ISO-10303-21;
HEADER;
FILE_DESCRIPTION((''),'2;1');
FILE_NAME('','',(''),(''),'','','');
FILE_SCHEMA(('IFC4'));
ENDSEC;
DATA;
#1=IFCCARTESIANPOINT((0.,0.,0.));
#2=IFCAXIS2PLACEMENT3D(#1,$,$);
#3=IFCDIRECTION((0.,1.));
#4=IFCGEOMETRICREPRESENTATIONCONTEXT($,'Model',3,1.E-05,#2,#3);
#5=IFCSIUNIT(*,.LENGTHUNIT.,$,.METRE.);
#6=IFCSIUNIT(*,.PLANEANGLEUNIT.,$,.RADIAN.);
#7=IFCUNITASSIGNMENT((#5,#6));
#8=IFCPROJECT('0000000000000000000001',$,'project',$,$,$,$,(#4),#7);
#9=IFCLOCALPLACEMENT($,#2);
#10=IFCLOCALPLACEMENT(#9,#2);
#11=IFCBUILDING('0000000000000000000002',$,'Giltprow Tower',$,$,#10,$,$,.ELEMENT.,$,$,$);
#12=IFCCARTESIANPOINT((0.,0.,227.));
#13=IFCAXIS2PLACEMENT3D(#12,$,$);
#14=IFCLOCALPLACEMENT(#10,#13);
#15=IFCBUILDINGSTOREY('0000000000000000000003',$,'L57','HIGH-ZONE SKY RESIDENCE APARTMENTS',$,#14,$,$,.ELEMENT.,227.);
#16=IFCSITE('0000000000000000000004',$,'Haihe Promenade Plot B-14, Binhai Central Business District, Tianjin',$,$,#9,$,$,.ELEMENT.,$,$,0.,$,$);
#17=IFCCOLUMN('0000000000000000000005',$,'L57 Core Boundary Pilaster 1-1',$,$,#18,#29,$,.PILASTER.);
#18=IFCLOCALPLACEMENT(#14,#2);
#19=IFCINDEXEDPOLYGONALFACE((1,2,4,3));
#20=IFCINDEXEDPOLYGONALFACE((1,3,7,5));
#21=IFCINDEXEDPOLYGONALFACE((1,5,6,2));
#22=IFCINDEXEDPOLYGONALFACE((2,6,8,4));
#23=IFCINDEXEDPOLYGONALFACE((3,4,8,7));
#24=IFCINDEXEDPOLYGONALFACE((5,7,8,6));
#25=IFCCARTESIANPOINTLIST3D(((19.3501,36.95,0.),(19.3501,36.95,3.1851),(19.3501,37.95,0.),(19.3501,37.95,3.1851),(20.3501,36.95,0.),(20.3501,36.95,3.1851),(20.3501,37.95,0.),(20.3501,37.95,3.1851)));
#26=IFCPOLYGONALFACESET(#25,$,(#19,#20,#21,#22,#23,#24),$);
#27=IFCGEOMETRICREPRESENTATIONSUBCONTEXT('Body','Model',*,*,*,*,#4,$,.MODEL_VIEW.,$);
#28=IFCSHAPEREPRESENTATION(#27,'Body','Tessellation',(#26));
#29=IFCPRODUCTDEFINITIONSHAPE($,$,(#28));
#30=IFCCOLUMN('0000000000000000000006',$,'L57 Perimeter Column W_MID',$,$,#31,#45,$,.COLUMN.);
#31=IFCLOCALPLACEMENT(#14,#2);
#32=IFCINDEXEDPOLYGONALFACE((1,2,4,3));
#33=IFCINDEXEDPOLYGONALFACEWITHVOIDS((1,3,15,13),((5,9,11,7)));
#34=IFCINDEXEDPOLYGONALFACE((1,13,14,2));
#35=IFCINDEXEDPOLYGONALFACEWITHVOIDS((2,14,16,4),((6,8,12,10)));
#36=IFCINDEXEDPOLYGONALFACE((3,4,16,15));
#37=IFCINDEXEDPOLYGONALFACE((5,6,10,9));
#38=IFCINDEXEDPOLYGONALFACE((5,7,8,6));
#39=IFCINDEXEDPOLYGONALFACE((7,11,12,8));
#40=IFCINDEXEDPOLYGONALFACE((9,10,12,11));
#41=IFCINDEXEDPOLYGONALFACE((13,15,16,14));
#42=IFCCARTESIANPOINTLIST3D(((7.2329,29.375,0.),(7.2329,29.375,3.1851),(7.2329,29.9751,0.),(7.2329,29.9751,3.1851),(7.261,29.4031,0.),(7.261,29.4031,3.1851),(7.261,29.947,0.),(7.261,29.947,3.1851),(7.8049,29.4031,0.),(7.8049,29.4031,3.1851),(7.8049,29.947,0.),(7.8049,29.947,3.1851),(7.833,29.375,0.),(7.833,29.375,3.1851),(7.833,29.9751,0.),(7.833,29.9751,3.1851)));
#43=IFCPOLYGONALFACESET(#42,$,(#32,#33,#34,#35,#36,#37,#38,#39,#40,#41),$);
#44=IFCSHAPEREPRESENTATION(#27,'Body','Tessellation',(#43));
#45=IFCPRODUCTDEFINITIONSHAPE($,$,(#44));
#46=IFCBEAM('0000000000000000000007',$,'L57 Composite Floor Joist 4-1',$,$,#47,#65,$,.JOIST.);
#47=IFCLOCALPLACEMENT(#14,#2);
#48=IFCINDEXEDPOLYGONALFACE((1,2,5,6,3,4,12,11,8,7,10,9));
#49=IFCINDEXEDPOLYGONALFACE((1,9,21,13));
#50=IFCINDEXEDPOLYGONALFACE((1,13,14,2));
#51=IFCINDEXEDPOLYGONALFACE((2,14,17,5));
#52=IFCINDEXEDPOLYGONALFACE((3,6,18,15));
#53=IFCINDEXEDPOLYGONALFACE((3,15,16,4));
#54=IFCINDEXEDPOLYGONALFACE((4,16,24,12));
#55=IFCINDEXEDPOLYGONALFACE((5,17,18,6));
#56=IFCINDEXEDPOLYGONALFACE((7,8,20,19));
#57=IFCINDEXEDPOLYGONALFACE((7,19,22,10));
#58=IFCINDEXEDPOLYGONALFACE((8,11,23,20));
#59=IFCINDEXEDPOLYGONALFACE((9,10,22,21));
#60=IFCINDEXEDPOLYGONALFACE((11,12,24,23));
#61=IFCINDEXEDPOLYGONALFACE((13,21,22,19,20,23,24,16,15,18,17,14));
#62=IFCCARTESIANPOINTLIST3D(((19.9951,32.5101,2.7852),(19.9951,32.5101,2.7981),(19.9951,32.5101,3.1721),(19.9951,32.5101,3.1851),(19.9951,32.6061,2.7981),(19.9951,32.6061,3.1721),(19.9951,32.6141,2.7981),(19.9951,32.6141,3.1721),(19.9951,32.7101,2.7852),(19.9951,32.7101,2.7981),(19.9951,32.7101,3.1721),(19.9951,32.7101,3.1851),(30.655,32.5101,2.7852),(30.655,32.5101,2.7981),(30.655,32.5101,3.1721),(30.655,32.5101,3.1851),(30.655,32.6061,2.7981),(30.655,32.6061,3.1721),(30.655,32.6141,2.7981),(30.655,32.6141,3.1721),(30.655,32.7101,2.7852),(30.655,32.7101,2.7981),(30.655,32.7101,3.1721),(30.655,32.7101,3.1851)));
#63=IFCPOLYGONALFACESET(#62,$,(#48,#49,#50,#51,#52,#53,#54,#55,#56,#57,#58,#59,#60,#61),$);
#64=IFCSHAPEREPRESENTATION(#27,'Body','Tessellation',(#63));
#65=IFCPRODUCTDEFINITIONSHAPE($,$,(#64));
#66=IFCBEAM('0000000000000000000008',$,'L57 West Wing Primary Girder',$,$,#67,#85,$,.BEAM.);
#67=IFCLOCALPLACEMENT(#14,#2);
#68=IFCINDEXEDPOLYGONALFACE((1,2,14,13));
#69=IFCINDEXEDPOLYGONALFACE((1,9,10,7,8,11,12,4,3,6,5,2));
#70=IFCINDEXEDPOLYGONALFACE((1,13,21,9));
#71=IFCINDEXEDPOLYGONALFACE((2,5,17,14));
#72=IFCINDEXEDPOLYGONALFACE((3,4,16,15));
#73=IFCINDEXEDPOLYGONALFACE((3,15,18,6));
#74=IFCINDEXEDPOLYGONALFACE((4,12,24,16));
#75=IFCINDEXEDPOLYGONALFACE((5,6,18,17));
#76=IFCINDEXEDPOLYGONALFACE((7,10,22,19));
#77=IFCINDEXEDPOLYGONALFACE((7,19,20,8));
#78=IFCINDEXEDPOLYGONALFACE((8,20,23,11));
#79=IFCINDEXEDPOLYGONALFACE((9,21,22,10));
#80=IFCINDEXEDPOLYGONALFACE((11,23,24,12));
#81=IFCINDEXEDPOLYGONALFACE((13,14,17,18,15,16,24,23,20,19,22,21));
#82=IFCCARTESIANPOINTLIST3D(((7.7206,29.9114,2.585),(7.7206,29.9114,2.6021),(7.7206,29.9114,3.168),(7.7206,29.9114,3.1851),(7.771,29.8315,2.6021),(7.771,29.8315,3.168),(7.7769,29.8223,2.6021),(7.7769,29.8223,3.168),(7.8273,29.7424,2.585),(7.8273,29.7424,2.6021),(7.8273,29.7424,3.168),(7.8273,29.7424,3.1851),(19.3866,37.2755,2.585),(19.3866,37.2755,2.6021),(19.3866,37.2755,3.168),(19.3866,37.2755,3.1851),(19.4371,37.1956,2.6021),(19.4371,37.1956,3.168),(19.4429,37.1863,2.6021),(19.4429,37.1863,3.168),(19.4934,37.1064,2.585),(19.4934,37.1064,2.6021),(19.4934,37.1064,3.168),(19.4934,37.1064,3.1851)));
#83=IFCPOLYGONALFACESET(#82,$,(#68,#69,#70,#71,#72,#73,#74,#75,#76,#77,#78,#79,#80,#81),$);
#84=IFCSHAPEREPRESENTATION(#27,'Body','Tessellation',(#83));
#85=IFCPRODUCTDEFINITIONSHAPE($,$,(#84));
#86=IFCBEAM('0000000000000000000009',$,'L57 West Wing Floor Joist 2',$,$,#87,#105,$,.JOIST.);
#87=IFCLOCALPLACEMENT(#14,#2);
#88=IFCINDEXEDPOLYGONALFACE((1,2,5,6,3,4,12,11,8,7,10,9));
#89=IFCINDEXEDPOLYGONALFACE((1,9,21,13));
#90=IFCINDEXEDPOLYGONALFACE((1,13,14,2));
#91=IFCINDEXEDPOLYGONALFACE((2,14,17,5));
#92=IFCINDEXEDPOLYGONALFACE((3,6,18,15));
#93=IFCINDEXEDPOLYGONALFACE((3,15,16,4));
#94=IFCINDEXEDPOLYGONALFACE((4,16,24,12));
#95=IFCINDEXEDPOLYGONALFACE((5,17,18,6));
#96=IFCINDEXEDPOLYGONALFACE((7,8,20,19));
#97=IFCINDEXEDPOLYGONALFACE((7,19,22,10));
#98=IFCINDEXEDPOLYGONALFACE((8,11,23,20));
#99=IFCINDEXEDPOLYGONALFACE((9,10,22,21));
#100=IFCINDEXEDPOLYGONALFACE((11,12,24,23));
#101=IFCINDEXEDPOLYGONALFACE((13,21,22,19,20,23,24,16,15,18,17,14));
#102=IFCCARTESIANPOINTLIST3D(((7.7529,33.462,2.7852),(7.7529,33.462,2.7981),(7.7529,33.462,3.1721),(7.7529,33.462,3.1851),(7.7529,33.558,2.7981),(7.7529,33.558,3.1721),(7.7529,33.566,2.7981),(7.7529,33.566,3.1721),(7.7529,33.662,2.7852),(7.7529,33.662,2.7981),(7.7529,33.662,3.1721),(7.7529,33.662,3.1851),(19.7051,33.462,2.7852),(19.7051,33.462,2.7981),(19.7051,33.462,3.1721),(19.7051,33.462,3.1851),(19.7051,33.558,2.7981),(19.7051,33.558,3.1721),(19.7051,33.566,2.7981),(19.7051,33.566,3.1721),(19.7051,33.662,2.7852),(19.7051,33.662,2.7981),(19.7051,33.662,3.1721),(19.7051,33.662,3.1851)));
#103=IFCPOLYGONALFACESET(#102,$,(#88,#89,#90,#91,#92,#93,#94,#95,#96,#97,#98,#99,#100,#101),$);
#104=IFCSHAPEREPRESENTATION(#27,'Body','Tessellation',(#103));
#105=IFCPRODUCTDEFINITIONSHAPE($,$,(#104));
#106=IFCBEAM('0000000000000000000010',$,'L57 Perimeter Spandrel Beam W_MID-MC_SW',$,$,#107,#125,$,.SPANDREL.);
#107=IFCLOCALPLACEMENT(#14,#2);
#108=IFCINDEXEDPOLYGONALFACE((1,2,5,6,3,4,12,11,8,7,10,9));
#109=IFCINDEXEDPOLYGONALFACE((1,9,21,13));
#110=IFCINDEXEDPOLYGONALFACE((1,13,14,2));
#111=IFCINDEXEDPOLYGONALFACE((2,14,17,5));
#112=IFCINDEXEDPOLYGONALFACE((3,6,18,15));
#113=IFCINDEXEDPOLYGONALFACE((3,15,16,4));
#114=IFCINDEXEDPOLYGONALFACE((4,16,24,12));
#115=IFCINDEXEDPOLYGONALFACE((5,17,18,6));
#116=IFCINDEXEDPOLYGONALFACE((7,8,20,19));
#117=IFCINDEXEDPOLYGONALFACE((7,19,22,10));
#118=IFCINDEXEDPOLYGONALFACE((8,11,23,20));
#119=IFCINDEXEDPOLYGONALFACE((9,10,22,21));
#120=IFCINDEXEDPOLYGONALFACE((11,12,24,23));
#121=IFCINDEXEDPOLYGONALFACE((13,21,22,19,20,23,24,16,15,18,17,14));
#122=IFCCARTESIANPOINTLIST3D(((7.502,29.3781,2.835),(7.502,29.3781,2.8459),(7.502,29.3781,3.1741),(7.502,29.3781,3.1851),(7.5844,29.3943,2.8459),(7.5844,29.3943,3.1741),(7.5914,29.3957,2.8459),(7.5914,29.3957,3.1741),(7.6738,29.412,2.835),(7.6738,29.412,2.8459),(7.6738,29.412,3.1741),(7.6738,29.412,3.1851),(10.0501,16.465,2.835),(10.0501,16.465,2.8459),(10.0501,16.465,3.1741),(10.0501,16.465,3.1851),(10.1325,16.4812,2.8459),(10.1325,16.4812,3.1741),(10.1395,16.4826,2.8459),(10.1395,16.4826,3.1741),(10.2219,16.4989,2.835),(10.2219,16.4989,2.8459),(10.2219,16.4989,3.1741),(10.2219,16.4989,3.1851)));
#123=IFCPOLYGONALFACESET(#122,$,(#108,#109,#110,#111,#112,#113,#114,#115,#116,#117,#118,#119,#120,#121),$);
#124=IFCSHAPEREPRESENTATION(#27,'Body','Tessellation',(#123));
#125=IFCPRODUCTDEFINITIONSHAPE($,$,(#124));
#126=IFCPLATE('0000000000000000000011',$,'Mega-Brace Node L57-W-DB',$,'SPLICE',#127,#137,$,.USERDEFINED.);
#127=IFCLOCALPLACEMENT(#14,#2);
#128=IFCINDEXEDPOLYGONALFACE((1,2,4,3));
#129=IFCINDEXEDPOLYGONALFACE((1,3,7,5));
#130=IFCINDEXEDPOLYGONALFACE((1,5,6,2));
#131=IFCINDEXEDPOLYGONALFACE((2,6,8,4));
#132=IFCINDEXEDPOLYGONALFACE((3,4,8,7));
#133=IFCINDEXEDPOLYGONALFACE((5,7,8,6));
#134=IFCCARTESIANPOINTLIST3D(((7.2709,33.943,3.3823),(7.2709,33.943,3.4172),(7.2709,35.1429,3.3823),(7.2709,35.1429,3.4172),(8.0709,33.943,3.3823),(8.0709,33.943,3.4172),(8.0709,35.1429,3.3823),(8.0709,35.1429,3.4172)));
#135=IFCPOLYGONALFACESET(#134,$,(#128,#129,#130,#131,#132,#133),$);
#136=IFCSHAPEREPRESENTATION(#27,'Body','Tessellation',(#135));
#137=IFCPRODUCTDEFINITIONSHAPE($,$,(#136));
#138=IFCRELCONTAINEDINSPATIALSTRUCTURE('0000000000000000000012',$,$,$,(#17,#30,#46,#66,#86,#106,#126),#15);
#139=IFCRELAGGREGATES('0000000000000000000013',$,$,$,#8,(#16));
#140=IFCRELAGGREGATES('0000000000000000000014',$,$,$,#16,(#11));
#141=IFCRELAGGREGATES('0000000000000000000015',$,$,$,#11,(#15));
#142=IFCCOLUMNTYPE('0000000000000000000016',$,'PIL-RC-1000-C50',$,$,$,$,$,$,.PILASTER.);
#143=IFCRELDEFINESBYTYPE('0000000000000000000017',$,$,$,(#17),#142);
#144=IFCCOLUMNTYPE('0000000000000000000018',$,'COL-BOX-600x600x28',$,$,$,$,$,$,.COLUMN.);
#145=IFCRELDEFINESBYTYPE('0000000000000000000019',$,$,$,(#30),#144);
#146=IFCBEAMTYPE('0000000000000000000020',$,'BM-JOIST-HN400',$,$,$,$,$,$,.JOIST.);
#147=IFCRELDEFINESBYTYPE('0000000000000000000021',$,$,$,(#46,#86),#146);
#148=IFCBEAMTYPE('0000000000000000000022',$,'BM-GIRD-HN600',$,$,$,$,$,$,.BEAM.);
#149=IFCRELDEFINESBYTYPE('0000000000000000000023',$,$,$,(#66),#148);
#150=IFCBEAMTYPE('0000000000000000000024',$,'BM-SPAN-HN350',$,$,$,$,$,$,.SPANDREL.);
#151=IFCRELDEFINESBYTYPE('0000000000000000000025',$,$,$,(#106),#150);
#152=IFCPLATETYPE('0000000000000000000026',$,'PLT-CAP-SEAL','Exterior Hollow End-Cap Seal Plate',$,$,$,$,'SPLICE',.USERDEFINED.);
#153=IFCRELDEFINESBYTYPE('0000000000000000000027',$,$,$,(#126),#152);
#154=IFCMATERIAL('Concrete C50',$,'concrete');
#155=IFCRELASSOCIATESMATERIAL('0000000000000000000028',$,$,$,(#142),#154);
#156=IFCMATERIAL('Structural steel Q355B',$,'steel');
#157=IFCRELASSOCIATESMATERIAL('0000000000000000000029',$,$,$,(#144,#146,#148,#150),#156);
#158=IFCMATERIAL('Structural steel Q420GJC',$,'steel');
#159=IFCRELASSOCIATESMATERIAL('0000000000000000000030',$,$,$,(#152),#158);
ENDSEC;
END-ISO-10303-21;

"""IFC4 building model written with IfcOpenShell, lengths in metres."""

from ifc_helpers import new_model, si_unit, direction, frame, origin, origin_2d, place, context, subcontext, project, spatial, rectangle, hollow_rectangle, i_section, extrude, source, transform, mapped, material, material_profile, profile_set, type_object, element, save


model = new_model("IFC4")

# Units and contexts
model_context = context("Model", 3, precision=1e-05, world=origin(), true_north=direction((0.0, 1.0)))
body_context = subcontext(model_context, "Body", "Model", "MODEL_VIEW")
ifc_project = project(units=[si_unit("LENGTHUNIT", "METRE"), si_unit("PLANEANGLEUNIT", "RADIAN")], contexts=[model_context])

# Site, building, storey
site_placement = place(None, origin())
site = spatial("IfcSite", under=ifc_project, at=site_placement, Name="Haihe Promenade Plot B-14, Binhai Central Business District, Tianjin", CompositionType="ELEMENT", RefElevation=0.0)
building_placement = place(site_placement, origin())
building = spatial("IfcBuilding", under=site, at=building_placement, Name="Giltprow Tower", CompositionType="ELEMENT")
storey_placement = place(building_placement, frame((0.0, 0.0, 227.0)))
storey = spatial("IfcBuildingStorey", under=building, at=storey_placement, Name="L57", Description="HIGH-ZONE SKY RESIDENCE APARTMENTS", CompositionType="ELEMENT", Elevation=227.0)

# Columns
ifc_material_1 = material(Name="Concrete C50", Category="concrete")
ifc_material_profile_1 = material_profile(ifc_material_1, rectangle(XDim=1.0, YDim=1.0, at=origin_2d()), Name="RC 1000x1000")
ifc_profile_set_1 = profile_set([ifc_material_profile_1], Name="Concrete C50")
column_type_1 = type_object("IfcColumnType", Name="PIL-RC-1000-C50", PredefinedType="PILASTER", material=ifc_profile_set_1)
shared_shape_1 = source(origin(), body_context, "Body", "SweptSolid", [
    extrude(rectangle(XDim=1.0, YDim=1.0, at=origin_2d()), origin(), (0.0, 0.0, 1.0), 3.1851),
])
column_1_placement = place(storey_placement, frame((19.8501, 37.45, 0.0), z_axis=(0.0, 0.0, 1.0), x_axis=(1.0, 0.0, 0.0)))
element("IfcColumn", 1, at=column_1_placement, inside=storey, type_object=column_type_1, Name="L57 Core Boundary Pilaster 1-1", PredefinedType="PILASTER", context=body_context, shape_type="MappedRepresentation", body=[
    mapped(shared_shape_1, transform((0.0, 0.0, 0.0), x_axis=(1.0, 0.0, 0.0), y_axis=(0.0, 1.0, 0.0), z_axis=(0.0, 0.0, 1.0), scale=1.0)),
])
ifc_material_2 = material(Name="Structural steel Q355B", Category="steel")
ifc_material_profile_2 = material_profile(ifc_material_2, hollow_rectangle(XDim=0.6001, YDim=0.6001, WallThickness=0.0281, at=origin_2d()), Name="BOX 600x600x28")
ifc_profile_set_2 = profile_set([ifc_material_profile_2], Name="Structural steel Q355B")
column_type_2 = type_object("IfcColumnType", Name="COL-BOX-600x600x28", PredefinedType="COLUMN", material=ifc_profile_set_2)
shared_shape_2 = source(origin(), body_context, "Body", "SweptSolid", [
    extrude(hollow_rectangle(XDim=0.6001, YDim=0.6001, WallThickness=0.0281, at=origin_2d()), origin(), (0.0, 0.0, 1.0), 3.1851),
])
column_2_placement = place(storey_placement, frame((7.533, 29.675, 0.0), z_axis=(0.0, 0.0, 1.0), x_axis=(1.0, 0.0, 0.0)))
element("IfcColumn", 2, at=column_2_placement, inside=storey, type_object=column_type_2, Name="L57 Perimeter Column W_MID", PredefinedType="COLUMN", context=body_context, shape_type="MappedRepresentation", body=[
    mapped(shared_shape_2, transform((0.0, 0.0, 0.0), x_axis=(1.0, 0.0, 0.0), y_axis=(0.0, 1.0, 0.0), z_axis=(0.0, 0.0, 1.0), scale=1.0)),
])

# Beams
ifc_material_profile_3 = material_profile(ifc_material_2, i_section(OverallWidth=0.2, OverallDepth=0.3999, WebThickness=0.0081, FlangeThickness=0.0129, at=origin_2d()), Name="HN 400x200x8x13")
ifc_profile_set_3 = profile_set([ifc_material_profile_3], Name="Structural steel Q355B")
beam_type_1 = type_object("IfcBeamType", Name="BM-JOIST-HN400", PredefinedType="JOIST", material=ifc_profile_set_3)
shared_shape_3 = source(origin(), body_context, "Body", "SweptSolid", [
    extrude(i_section(OverallWidth=0.2, OverallDepth=0.3999, WebThickness=0.0081, FlangeThickness=0.0129, at=origin_2d()), origin(), (0.0, 0.0, 1.0), 10.6599),
])
beam_1_placement = place(storey_placement, frame((19.9951, 32.6101, 2.9851), z_axis=(1.0, 0.0, 0.0), x_axis=(0.0, 1.0, 0.0)))
element("IfcBeam", 3, at=beam_1_placement, inside=storey, type_object=beam_type_1, Name="L57 Composite Floor Joist 4-1", PredefinedType="JOIST", context=body_context, shape_type="MappedRepresentation", body=[
    mapped(shared_shape_3, transform((0.0, 0.0, 0.0), x_axis=(1.0, 0.0, 0.0), y_axis=(0.0, 1.0, 0.0), z_axis=(0.0, 0.0, 1.0), scale=1.0)),
])
ifc_material_profile_4 = material_profile(ifc_material_2, i_section(OverallWidth=0.2, OverallDepth=0.6001, WebThickness=0.011, FlangeThickness=0.0171, at=origin_2d()), Name="HN 600x200x11x17")
ifc_profile_set_4 = profile_set([ifc_material_profile_4], Name="Structural steel Q355B")
beam_type_2 = type_object("IfcBeamType", Name="BM-GIRD-HN600", PredefinedType="BEAM", material=ifc_profile_set_4)
shared_shape_4 = source(origin(), body_context, "Body", "SweptSolid", [
    extrude(i_section(OverallWidth=0.2, OverallDepth=0.6001, WebThickness=0.011, FlangeThickness=0.0171, at=origin_2d()), origin(), (0.0, 0.0, 1.0), 13.7959),
])
beam_2_placement = place(storey_placement, frame((7.7739, 29.8269, 2.885), z_axis=(0.84562, 0.533786, 0.0), x_axis=(-0.533786, 0.84562, 0.0)))
element("IfcBeam", 4, at=beam_2_placement, inside=storey, type_object=beam_type_2, Name="L57 West Wing Primary Girder", PredefinedType="BEAM", context=body_context, shape_type="MappedRepresentation", body=[
    mapped(shared_shape_4, transform((0.0, 0.0, 0.0), x_axis=(1.0, 0.0, 0.0), y_axis=(0.0, 1.0, 0.0), z_axis=(0.0, 0.0, 1.0), scale=1.0)),
])
shared_shape_5 = source(origin(), body_context, "Body", "SweptSolid", [
    extrude(i_section(OverallWidth=0.2, OverallDepth=0.3999, WebThickness=0.0081, FlangeThickness=0.0129, at=origin_2d()), origin(), (0.0, 0.0, 1.0), 11.9521),
])
beam_3_placement = place(storey_placement, frame((7.7529, 33.562, 2.9851), z_axis=(1.0, 0.0, 0.0), x_axis=(0.0, 1.0, 0.0)))
element("IfcBeam", 5, at=beam_3_placement, inside=storey, type_object=beam_type_1, Name="L57 West Wing Floor Joist 2", PredefinedType="JOIST", context=body_context, shape_type="MappedRepresentation", body=[
    mapped(shared_shape_5, transform((0.0, 0.0, 0.0), x_axis=(1.0, 0.0, 0.0), y_axis=(0.0, 1.0, 0.0), z_axis=(0.0, 0.0, 1.0), scale=1.0)),
])
ifc_material_profile_5 = material_profile(ifc_material_2, i_section(OverallWidth=0.175, OverallDepth=0.3501, WebThickness=0.0071, FlangeThickness=0.011, at=origin_2d()), Name="HN 350x175x7x11")
ifc_profile_set_5 = profile_set([ifc_material_profile_5], Name="Structural steel Q355B")
beam_type_3 = type_object("IfcBeamType", Name="BM-SPAN-HN350", PredefinedType="SPANDREL", material=ifc_profile_set_5)
shared_shape_6 = source(origin(), body_context, "Body", "SweptSolid", [
    extrude(i_section(OverallWidth=0.175, OverallDepth=0.3501, WebThickness=0.0071, FlangeThickness=0.011, at=origin_2d()), origin(), (0.0, 0.0, 1.0), 13.1621),
])
beam_4_placement = place(storey_placement, frame((7.5879, 29.395, 3.01), z_axis=(0.193594, -0.981082, 0.0), x_axis=(0.981082, 0.193594, 0.0)))
element("IfcBeam", 6, at=beam_4_placement, inside=storey, type_object=beam_type_3, Name="L57 Perimeter Spandrel Beam W_MID-MC_SW", PredefinedType="SPANDREL", context=body_context, shape_type="MappedRepresentation", body=[
    mapped(shared_shape_6, transform((0.0, 0.0, 0.0), x_axis=(1.0, 0.0, 0.0), y_axis=(0.0, 1.0, 0.0), z_axis=(0.0, 0.0, 1.0), scale=1.0)),
])

# Plate
ifc_material_3 = material(Name="Structural steel Q420GJC", Category="steel")
plate_type = type_object("IfcPlateType", Name="PLT-CAP-SEAL", Description="Exterior Hollow End-Cap Seal Plate", ElementType="SPLICE", PredefinedType="USERDEFINED", material=ifc_material_3)
shared_shape_7 = source(origin(), body_context, "Body", "SweptSolid", [
    extrude(rectangle(XDim=1.2, YDim=0.8, at=origin_2d()), origin(), (0.0, 0.0, 1.0), 0.0349),
])
plate_placement = place(storey_placement, frame((7.6709, 34.543, 3.3823), z_axis=(0.0, 0.0, 1.0), x_axis=(0.0, 1.0, 0.0)))
element("IfcPlate", 7, at=plate_placement, inside=storey, type_object=plate_type, Name="Mega-Brace Node L57-W-DB", ObjectType="SPLICE", PredefinedType="USERDEFINED", context=body_context, shape_type="MappedRepresentation", body=[
    mapped(shared_shape_7, transform((0.0, 0.0, 0.0), x_axis=(1.0, 0.0, 0.0), y_axis=(0.0, 1.0, 0.0), z_axis=(0.0, 0.0, 1.0), scale=1.0)),
])

save(model, "model.ifc")
